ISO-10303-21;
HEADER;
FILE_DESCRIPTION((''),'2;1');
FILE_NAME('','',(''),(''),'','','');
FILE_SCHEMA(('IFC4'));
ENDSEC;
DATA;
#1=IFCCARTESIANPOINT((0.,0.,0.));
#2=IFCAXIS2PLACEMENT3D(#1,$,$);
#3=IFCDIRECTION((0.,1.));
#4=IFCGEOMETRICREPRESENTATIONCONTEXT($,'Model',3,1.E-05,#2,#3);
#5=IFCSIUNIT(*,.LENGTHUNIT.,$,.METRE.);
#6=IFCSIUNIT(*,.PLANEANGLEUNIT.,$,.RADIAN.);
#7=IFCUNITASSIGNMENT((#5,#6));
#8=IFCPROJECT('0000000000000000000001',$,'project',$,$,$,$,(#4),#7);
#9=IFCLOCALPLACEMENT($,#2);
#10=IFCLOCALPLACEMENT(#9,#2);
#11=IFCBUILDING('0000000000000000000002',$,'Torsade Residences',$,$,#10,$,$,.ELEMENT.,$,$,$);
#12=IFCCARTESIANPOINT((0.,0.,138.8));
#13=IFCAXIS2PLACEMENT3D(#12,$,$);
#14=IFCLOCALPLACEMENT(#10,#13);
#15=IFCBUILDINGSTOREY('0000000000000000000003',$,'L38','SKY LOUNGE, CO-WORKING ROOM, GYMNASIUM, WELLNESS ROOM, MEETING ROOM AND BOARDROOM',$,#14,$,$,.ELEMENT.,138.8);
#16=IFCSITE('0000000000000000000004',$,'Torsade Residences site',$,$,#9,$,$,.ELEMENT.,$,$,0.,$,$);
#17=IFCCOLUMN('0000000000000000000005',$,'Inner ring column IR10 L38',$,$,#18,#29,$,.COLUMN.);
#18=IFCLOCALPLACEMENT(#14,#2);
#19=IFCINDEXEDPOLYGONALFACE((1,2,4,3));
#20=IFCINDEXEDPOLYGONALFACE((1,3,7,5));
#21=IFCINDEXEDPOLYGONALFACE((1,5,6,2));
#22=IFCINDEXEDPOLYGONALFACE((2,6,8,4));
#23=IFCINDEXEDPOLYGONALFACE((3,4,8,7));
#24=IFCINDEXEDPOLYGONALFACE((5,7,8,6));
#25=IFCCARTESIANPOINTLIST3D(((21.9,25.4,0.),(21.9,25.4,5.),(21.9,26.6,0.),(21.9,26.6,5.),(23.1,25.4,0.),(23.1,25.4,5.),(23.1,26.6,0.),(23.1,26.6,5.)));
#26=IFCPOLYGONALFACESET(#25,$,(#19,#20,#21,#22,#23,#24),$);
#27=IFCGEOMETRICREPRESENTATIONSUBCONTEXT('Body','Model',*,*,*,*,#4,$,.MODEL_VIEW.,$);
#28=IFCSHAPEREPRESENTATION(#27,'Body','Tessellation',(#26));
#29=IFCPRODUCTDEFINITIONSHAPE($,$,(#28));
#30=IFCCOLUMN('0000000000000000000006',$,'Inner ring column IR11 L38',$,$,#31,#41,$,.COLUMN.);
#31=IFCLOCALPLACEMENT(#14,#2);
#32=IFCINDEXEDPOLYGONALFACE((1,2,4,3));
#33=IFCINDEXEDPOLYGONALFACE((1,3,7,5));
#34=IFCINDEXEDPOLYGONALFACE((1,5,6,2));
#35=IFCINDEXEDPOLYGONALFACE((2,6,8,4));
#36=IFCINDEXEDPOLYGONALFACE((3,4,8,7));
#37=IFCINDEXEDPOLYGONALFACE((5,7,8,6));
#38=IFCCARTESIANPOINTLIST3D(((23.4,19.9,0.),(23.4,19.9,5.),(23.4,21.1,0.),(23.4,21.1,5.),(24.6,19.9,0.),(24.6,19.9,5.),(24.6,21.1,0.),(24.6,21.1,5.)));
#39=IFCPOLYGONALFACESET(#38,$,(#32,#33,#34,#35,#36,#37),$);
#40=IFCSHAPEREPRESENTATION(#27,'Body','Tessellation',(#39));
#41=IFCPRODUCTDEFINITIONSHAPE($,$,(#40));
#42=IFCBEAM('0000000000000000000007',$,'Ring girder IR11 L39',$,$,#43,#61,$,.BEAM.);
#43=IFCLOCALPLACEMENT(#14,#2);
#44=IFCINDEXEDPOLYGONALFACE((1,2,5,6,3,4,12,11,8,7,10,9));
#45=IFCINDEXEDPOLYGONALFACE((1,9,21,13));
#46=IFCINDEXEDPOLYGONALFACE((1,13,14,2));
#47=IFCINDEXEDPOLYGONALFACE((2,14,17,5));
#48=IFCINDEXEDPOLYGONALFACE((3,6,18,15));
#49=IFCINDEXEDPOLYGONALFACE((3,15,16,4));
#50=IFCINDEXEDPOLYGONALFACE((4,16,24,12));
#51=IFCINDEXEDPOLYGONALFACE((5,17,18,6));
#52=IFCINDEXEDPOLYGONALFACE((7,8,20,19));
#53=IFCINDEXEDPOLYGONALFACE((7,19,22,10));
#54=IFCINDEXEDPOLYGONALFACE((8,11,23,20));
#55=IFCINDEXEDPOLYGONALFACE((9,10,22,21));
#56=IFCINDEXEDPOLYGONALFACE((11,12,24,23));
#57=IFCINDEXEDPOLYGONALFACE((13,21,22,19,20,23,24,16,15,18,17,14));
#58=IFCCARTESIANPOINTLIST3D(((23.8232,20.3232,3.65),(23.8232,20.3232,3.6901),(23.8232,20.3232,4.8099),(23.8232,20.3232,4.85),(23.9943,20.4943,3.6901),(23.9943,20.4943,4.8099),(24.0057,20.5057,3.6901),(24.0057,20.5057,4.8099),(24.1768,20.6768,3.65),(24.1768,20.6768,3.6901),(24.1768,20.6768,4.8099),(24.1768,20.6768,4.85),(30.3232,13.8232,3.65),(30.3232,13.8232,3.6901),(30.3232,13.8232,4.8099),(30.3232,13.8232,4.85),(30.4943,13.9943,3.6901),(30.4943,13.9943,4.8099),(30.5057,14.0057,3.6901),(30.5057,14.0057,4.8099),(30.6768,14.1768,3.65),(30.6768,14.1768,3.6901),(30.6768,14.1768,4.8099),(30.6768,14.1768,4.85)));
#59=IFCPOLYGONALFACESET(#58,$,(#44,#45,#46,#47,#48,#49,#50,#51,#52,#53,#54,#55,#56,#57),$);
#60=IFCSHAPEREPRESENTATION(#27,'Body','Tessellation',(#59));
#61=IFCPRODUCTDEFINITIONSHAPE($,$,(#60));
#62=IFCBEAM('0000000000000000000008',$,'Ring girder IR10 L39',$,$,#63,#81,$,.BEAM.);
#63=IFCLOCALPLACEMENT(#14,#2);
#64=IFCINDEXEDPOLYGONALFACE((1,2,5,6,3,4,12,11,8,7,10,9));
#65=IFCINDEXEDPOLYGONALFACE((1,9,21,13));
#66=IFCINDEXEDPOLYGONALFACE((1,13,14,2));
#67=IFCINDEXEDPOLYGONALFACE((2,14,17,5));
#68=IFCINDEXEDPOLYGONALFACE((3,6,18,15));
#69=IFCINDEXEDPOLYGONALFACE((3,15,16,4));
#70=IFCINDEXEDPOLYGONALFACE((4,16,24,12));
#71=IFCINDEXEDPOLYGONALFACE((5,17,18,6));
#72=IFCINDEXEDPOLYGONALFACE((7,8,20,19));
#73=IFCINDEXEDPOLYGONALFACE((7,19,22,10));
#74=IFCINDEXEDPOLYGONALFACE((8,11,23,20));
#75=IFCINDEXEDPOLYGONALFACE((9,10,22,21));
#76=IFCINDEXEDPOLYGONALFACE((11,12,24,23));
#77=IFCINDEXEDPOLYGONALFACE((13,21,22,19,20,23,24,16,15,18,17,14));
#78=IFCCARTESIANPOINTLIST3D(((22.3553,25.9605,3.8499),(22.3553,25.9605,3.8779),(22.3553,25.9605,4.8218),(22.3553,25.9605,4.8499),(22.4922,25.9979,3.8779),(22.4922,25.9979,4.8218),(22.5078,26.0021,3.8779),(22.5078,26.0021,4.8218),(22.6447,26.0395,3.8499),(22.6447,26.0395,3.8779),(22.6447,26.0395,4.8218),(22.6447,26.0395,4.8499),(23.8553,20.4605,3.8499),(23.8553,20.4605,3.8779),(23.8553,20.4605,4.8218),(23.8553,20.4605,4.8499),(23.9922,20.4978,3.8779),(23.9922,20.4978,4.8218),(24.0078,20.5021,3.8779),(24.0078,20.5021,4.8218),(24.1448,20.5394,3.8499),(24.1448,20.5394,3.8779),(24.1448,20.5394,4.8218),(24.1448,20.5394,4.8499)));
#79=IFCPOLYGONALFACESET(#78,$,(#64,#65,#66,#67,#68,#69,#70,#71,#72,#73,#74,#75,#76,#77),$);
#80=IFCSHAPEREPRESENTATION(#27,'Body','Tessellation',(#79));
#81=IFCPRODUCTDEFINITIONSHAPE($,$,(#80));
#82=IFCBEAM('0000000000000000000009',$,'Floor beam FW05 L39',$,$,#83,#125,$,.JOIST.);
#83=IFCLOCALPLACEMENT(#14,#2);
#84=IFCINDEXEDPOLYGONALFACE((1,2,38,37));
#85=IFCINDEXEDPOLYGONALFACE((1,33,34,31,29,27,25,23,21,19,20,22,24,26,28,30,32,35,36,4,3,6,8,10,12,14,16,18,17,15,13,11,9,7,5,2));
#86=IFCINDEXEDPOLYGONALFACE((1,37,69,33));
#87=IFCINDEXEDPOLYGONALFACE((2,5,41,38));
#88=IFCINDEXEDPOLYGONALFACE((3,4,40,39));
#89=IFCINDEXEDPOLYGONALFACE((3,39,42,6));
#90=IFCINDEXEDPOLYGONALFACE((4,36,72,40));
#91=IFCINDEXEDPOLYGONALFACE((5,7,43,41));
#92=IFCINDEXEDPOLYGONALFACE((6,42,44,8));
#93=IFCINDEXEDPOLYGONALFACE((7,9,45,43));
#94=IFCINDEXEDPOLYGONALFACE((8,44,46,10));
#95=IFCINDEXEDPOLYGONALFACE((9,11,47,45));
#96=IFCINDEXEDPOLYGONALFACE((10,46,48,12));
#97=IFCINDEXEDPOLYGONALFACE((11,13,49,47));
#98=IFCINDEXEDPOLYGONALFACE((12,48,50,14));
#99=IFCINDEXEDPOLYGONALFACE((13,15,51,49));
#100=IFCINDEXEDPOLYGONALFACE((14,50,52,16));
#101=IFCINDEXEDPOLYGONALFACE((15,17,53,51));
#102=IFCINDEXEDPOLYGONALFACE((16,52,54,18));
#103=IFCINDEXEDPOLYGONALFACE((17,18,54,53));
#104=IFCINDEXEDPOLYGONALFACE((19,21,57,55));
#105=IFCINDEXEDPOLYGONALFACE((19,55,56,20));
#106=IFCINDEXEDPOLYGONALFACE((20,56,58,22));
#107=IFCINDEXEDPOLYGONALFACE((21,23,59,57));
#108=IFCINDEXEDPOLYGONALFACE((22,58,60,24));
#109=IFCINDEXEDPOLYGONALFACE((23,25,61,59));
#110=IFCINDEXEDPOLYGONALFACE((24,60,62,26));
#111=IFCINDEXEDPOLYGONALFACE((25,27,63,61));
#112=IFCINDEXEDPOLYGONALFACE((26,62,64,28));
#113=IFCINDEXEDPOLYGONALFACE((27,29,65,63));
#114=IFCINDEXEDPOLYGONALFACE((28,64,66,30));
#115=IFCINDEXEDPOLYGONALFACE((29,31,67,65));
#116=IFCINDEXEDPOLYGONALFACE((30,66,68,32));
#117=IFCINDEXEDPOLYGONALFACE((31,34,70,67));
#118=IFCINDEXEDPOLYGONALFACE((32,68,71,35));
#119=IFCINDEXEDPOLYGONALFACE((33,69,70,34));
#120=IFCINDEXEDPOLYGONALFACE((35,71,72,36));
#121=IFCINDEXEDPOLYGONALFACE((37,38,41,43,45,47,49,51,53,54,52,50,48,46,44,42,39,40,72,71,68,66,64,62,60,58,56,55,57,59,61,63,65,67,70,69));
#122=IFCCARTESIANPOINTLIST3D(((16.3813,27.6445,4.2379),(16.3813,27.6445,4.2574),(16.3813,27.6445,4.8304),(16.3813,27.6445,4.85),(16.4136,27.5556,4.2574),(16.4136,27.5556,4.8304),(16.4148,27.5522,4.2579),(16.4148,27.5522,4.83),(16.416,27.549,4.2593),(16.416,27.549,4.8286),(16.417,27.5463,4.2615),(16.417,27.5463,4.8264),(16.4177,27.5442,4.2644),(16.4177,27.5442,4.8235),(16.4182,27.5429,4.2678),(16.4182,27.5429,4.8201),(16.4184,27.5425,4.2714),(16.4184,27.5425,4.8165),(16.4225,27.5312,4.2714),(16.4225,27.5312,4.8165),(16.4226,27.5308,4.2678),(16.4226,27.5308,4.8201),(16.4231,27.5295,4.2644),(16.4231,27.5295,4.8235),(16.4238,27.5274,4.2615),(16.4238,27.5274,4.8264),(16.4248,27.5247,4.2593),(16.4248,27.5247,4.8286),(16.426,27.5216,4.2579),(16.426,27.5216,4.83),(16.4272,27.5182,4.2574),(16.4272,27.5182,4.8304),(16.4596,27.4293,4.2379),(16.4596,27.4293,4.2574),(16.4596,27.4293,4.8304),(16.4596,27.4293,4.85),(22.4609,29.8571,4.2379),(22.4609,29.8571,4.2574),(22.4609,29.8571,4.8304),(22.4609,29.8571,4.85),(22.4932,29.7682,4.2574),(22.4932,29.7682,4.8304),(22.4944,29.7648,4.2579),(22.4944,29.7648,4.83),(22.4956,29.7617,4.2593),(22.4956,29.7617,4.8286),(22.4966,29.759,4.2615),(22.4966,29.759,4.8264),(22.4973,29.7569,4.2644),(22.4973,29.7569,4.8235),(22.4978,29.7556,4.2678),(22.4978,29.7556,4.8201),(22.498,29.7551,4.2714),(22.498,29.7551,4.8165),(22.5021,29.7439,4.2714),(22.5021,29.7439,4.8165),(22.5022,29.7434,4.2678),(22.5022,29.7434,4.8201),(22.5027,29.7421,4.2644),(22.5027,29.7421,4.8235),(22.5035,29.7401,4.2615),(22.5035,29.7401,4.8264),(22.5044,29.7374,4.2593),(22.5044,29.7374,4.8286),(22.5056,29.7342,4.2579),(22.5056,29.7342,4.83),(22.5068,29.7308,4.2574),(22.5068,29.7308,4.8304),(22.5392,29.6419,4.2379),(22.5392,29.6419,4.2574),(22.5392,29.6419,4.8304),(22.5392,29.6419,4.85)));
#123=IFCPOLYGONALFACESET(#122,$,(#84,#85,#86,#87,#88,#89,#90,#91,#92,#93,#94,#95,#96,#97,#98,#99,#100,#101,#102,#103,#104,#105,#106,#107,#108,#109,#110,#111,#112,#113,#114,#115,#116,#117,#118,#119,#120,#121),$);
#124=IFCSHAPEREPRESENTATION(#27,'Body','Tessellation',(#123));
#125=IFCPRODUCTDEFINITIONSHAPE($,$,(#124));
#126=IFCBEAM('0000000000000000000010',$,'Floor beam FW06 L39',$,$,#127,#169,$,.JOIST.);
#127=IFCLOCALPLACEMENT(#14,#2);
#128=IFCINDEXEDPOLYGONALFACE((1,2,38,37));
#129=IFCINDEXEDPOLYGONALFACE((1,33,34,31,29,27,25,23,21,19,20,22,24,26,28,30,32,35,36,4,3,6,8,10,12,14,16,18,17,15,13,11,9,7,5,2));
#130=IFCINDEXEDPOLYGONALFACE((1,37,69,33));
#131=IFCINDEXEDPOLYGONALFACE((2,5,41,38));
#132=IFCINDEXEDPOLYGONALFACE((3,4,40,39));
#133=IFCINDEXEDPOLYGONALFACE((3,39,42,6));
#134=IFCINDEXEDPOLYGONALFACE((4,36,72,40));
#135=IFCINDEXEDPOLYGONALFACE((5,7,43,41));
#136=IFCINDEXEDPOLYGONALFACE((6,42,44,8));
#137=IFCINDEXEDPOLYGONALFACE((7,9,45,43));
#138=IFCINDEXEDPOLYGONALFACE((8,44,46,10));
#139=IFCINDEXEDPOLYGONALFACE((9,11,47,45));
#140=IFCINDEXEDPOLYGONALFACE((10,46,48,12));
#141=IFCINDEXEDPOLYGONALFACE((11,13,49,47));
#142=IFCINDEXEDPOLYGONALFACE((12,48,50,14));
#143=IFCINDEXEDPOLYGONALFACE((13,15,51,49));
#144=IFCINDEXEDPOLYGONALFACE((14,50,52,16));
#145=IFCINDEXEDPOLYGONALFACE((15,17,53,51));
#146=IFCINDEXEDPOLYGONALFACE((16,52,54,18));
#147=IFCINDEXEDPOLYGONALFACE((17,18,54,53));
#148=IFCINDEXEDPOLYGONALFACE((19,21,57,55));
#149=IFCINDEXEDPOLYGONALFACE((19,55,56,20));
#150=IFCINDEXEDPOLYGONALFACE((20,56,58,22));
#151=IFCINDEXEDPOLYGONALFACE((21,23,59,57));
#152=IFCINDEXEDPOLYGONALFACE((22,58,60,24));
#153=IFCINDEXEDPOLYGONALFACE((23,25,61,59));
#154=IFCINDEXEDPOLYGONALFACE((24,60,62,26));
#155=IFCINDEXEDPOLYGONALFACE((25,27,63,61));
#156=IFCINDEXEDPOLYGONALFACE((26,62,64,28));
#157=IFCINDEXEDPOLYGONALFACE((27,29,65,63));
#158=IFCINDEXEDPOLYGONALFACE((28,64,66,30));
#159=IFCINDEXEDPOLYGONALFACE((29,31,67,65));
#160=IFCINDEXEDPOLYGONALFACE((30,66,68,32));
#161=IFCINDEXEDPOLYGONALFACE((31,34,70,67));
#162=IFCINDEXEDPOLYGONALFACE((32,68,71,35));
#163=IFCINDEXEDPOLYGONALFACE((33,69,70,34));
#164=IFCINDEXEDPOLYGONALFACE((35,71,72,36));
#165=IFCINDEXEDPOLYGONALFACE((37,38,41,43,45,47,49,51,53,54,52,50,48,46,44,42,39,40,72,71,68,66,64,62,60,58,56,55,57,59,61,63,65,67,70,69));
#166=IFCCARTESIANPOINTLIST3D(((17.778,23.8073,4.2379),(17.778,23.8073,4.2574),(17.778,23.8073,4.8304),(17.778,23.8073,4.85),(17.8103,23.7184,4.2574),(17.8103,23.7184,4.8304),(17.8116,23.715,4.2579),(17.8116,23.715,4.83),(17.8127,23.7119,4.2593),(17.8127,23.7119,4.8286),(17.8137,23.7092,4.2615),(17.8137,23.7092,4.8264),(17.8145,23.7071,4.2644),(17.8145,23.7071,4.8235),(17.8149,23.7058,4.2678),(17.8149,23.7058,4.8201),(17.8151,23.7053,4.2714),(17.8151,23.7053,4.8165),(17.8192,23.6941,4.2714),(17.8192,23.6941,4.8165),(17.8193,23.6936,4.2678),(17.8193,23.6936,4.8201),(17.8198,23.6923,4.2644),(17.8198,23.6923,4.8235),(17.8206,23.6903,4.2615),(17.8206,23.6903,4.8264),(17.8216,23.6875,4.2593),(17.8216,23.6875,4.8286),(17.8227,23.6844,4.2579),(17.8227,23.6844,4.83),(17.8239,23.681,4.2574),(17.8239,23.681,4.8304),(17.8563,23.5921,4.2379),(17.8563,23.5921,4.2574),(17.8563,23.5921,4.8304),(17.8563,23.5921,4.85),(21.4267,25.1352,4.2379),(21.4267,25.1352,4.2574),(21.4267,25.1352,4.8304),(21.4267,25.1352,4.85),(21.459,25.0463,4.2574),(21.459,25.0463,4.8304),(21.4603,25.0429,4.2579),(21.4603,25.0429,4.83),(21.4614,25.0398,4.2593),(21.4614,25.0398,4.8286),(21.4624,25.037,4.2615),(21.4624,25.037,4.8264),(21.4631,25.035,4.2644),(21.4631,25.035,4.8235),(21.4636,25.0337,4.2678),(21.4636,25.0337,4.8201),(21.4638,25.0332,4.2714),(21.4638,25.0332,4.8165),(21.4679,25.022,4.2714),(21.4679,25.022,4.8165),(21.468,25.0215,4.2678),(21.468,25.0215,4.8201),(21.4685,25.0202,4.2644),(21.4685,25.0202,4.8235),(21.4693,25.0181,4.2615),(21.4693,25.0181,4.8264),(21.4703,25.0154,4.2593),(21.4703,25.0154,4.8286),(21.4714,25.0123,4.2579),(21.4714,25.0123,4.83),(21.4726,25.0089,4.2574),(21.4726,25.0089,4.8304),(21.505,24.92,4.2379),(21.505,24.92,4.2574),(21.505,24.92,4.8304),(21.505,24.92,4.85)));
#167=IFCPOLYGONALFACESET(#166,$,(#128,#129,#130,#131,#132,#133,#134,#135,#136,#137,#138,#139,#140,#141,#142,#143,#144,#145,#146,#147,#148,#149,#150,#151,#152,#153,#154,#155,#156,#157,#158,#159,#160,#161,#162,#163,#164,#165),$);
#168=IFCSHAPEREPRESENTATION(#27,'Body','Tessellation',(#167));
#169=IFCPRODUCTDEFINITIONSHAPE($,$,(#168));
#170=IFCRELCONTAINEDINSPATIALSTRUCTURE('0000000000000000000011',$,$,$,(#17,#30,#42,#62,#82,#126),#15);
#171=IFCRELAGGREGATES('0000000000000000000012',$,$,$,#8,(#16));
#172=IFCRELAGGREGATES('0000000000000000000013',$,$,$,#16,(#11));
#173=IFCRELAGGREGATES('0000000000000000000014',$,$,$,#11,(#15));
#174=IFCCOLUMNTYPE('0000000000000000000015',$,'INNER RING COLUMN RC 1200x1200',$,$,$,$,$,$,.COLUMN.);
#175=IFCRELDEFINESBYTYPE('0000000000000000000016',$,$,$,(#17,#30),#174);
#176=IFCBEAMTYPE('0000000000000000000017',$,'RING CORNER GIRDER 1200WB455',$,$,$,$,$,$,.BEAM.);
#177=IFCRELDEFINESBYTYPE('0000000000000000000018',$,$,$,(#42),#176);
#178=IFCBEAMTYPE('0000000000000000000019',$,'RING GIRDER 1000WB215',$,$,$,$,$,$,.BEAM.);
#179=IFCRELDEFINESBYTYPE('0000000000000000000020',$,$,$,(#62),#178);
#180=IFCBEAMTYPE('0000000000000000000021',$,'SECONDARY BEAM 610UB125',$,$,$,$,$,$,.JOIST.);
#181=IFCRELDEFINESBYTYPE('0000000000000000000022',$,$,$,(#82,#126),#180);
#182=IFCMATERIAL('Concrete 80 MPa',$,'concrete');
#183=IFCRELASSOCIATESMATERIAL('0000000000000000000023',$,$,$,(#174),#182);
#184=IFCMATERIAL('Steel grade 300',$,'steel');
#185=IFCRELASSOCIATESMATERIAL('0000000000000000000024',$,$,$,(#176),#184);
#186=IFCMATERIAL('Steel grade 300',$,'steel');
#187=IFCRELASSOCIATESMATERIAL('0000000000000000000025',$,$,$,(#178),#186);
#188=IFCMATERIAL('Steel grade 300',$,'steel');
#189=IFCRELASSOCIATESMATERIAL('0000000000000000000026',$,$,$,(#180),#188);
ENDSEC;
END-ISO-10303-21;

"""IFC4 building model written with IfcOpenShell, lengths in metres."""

from ifc_helpers import new_model, si_unit, direction, frame, origin, origin_2d, place, context, subcontext, project, spatial, rectangle, i_section, extrude, material, material_profile, profile_set, type_object, element, save


model = new_model("IFC4")

# Units and contexts
model_context = context("Model", 3, precision=1e-05, world=origin(), true_north=direction((0.0, 1.0)))
body_context = subcontext(model_context, "Body", "Model", "MODEL_VIEW")
ifc_project = project(units=[si_unit("LENGTHUNIT", "METRE"), si_unit("PLANEANGLEUNIT", "RADIAN")], contexts=[model_context])

# Site, building, storey
site_placement = place(None, origin())
site = spatial("IfcSite", under=ifc_project, at=site_placement, Name="Torsade Residences site", CompositionType="ELEMENT", RefElevation=0.0)
building_placement = place(site_placement, origin())
building = spatial("IfcBuilding", under=site, at=building_placement, Name="Torsade Residences", CompositionType="ELEMENT")
storey_placement = place(building_placement, frame((0.0, 0.0, 138.8)))
storey = spatial("IfcBuildingStorey", under=building, at=storey_placement, Name="L38", Description="SKY LOUNGE, CO-WORKING ROOM, GYMNASIUM, WELLNESS ROOM, MEETING ROOM AND BOARDROOM", CompositionType="ELEMENT", Elevation=138.8)

# Columns
ifc_material_1 = material(Name="Concrete 80 MPa", Category="concrete")
ifc_material_profile_1 = material_profile(ifc_material_1, rectangle(XDim=1.2, YDim=1.2, at=origin_2d()), Name="RC 1200x1200")
ifc_profile_set_1 = profile_set([ifc_material_profile_1], Name="Concrete 80 MPa")
column_type = type_object("IfcColumnType", Name="INNER RING COLUMN RC 1200x1200", PredefinedType="COLUMN", material=ifc_profile_set_1)
for number, where, z_axis, x_axis, name in (
    (1, (22.5, 26.0, 0.0), (0.0, 0.0, 1.0), (1.0, 0.0, 0.0), "Inner ring column IR10 L38"),
    (2, (24.0, 20.5, 0.0), (0.0, 0.0, 1.0), (1.0, 0.0, 0.0), "Inner ring column IR11 L38"),
):
    element("IfcColumn", number, at=place(storey_placement, frame(where, z_axis=z_axis, x_axis=x_axis)), inside=storey, type_object=column_type, Name=name, PredefinedType="COLUMN", context=body_context, shape_type="SweptSolid", body=[
        extrude(rectangle(XDim=1.2, YDim=1.2, at=origin_2d()), origin(), (0.0, 0.0, 1.0), 5.0),
    ])

# Beams
ifc_material_2 = material(Name="Steel grade 300", Category="steel")
ifc_material_profile_2 = material_profile(ifc_material_2, i_section(OverallWidth=0.5, OverallDepth=1.2, WebThickness=0.0161, FlangeThickness=0.04, at=origin_2d()), Name="1200WB455")
ifc_profile_set_2 = profile_set([ifc_material_profile_2], Name="Steel grade 300")
beam_type_1 = type_object("IfcBeamType", Name="RING CORNER GIRDER 1200WB455", PredefinedType="BEAM", material=ifc_profile_set_2)
beam_1_placement = place(storey_placement, frame((24.0, 20.5, 4.25), z_axis=(0.707107, -0.707107, 0.0), x_axis=(0.707107, 0.707107, 0.0)))
element("IfcBeam", 3, at=beam_1_placement, inside=storey, type_object=beam_type_1, Name="Ring girder IR11 L39", PredefinedType="BEAM", context=body_context, shape_type="SweptSolid", body=[
    extrude(i_section(OverallWidth=0.5, OverallDepth=1.2, WebThickness=0.0161, FlangeThickness=0.04, at=origin_2d()), origin(), (0.0, 0.0, 1.0), 9.1924),
])
ifc_material_3 = material(Name="Steel grade 300", Category="steel")
ifc_material_profile_3 = material_profile(ifc_material_3, i_section(OverallWidth=0.3, OverallDepth=1.0, WebThickness=0.0161, FlangeThickness=0.0281, at=origin_2d()), Name="1000WB215")
ifc_profile_set_3 = profile_set([ifc_material_profile_3], Name="Steel grade 300")
beam_type_2 = type_object("IfcBeamType", Name="RING GIRDER 1000WB215", PredefinedType="BEAM", material=ifc_profile_set_3)
beam_2_placement = place(storey_placement, frame((22.5, 26.0, 4.3499), z_axis=(0.263117, -0.964764, 0.0), x_axis=(0.964764, 0.263117, 0.0)))
element("IfcBeam", 4, at=beam_2_placement, inside=storey, type_object=beam_type_2, Name="Ring girder IR10 L39", PredefinedType="BEAM", context=body_context, shape_type="SweptSolid", body=[
    extrude(i_section(OverallWidth=0.3, OverallDepth=1.0, WebThickness=0.0161, FlangeThickness=0.0281, at=origin_2d()), origin(), (0.0, 0.0, 1.0), 5.7009),
])
ifc_material_4 = material(Name="Steel grade 300", Category="steel")
ifc_material_profile_4 = material_profile(ifc_material_4, i_section(OverallWidth=0.229, OverallDepth=0.6121, WebThickness=0.012, FlangeThickness=0.0195, FilletRadius=0.0139, at=origin_2d()), Name="610UB125")
ifc_profile_set_4 = profile_set([ifc_material_profile_4], Name="Steel grade 300")
beam_type_3 = type_object("IfcBeamType", Name="SECONDARY BEAM 610UB125", PredefinedType="JOIST", material=ifc_profile_set_4)
beam_3_placement = place(storey_placement, frame((16.4204, 27.5369, 4.5439), z_axis=(0.9397, 0.342001, 0.0), x_axis=(-0.342001, 0.9397, 0.0)))
element("IfcBeam", 5, at=beam_3_placement, inside=storey, type_object=beam_type_3, Name="Floor beam FW05 L39", PredefinedType="JOIST", context=body_context, shape_type="SweptSolid", body=[
    extrude(i_section(OverallWidth=0.229, OverallDepth=0.6121, WebThickness=0.012, FlangeThickness=0.0195, FilletRadius=0.0139, at=origin_2d()), origin(), (0.0, 0.0, 1.0), 6.4697),
])
beam_4_placement = place(storey_placement, frame((17.8171, 23.6997, 4.5439), z_axis=(0.939703, 0.34199, 0.0), x_axis=(-0.34199, 0.939703, 0.0)))
element("IfcBeam", 6, at=beam_4_placement, inside=storey, type_object=beam_type_3, Name="Floor beam FW06 L39", PredefinedType="JOIST", context=body_context, shape_type="SweptSolid", body=[
    extrude(i_section(OverallWidth=0.229, OverallDepth=0.6121, WebThickness=0.012, FlangeThickness=0.0195, FilletRadius=0.0139, at=origin_2d()), origin(), (0.0, 0.0, 1.0), 3.8828),
])

save(model, "model.ifc")
